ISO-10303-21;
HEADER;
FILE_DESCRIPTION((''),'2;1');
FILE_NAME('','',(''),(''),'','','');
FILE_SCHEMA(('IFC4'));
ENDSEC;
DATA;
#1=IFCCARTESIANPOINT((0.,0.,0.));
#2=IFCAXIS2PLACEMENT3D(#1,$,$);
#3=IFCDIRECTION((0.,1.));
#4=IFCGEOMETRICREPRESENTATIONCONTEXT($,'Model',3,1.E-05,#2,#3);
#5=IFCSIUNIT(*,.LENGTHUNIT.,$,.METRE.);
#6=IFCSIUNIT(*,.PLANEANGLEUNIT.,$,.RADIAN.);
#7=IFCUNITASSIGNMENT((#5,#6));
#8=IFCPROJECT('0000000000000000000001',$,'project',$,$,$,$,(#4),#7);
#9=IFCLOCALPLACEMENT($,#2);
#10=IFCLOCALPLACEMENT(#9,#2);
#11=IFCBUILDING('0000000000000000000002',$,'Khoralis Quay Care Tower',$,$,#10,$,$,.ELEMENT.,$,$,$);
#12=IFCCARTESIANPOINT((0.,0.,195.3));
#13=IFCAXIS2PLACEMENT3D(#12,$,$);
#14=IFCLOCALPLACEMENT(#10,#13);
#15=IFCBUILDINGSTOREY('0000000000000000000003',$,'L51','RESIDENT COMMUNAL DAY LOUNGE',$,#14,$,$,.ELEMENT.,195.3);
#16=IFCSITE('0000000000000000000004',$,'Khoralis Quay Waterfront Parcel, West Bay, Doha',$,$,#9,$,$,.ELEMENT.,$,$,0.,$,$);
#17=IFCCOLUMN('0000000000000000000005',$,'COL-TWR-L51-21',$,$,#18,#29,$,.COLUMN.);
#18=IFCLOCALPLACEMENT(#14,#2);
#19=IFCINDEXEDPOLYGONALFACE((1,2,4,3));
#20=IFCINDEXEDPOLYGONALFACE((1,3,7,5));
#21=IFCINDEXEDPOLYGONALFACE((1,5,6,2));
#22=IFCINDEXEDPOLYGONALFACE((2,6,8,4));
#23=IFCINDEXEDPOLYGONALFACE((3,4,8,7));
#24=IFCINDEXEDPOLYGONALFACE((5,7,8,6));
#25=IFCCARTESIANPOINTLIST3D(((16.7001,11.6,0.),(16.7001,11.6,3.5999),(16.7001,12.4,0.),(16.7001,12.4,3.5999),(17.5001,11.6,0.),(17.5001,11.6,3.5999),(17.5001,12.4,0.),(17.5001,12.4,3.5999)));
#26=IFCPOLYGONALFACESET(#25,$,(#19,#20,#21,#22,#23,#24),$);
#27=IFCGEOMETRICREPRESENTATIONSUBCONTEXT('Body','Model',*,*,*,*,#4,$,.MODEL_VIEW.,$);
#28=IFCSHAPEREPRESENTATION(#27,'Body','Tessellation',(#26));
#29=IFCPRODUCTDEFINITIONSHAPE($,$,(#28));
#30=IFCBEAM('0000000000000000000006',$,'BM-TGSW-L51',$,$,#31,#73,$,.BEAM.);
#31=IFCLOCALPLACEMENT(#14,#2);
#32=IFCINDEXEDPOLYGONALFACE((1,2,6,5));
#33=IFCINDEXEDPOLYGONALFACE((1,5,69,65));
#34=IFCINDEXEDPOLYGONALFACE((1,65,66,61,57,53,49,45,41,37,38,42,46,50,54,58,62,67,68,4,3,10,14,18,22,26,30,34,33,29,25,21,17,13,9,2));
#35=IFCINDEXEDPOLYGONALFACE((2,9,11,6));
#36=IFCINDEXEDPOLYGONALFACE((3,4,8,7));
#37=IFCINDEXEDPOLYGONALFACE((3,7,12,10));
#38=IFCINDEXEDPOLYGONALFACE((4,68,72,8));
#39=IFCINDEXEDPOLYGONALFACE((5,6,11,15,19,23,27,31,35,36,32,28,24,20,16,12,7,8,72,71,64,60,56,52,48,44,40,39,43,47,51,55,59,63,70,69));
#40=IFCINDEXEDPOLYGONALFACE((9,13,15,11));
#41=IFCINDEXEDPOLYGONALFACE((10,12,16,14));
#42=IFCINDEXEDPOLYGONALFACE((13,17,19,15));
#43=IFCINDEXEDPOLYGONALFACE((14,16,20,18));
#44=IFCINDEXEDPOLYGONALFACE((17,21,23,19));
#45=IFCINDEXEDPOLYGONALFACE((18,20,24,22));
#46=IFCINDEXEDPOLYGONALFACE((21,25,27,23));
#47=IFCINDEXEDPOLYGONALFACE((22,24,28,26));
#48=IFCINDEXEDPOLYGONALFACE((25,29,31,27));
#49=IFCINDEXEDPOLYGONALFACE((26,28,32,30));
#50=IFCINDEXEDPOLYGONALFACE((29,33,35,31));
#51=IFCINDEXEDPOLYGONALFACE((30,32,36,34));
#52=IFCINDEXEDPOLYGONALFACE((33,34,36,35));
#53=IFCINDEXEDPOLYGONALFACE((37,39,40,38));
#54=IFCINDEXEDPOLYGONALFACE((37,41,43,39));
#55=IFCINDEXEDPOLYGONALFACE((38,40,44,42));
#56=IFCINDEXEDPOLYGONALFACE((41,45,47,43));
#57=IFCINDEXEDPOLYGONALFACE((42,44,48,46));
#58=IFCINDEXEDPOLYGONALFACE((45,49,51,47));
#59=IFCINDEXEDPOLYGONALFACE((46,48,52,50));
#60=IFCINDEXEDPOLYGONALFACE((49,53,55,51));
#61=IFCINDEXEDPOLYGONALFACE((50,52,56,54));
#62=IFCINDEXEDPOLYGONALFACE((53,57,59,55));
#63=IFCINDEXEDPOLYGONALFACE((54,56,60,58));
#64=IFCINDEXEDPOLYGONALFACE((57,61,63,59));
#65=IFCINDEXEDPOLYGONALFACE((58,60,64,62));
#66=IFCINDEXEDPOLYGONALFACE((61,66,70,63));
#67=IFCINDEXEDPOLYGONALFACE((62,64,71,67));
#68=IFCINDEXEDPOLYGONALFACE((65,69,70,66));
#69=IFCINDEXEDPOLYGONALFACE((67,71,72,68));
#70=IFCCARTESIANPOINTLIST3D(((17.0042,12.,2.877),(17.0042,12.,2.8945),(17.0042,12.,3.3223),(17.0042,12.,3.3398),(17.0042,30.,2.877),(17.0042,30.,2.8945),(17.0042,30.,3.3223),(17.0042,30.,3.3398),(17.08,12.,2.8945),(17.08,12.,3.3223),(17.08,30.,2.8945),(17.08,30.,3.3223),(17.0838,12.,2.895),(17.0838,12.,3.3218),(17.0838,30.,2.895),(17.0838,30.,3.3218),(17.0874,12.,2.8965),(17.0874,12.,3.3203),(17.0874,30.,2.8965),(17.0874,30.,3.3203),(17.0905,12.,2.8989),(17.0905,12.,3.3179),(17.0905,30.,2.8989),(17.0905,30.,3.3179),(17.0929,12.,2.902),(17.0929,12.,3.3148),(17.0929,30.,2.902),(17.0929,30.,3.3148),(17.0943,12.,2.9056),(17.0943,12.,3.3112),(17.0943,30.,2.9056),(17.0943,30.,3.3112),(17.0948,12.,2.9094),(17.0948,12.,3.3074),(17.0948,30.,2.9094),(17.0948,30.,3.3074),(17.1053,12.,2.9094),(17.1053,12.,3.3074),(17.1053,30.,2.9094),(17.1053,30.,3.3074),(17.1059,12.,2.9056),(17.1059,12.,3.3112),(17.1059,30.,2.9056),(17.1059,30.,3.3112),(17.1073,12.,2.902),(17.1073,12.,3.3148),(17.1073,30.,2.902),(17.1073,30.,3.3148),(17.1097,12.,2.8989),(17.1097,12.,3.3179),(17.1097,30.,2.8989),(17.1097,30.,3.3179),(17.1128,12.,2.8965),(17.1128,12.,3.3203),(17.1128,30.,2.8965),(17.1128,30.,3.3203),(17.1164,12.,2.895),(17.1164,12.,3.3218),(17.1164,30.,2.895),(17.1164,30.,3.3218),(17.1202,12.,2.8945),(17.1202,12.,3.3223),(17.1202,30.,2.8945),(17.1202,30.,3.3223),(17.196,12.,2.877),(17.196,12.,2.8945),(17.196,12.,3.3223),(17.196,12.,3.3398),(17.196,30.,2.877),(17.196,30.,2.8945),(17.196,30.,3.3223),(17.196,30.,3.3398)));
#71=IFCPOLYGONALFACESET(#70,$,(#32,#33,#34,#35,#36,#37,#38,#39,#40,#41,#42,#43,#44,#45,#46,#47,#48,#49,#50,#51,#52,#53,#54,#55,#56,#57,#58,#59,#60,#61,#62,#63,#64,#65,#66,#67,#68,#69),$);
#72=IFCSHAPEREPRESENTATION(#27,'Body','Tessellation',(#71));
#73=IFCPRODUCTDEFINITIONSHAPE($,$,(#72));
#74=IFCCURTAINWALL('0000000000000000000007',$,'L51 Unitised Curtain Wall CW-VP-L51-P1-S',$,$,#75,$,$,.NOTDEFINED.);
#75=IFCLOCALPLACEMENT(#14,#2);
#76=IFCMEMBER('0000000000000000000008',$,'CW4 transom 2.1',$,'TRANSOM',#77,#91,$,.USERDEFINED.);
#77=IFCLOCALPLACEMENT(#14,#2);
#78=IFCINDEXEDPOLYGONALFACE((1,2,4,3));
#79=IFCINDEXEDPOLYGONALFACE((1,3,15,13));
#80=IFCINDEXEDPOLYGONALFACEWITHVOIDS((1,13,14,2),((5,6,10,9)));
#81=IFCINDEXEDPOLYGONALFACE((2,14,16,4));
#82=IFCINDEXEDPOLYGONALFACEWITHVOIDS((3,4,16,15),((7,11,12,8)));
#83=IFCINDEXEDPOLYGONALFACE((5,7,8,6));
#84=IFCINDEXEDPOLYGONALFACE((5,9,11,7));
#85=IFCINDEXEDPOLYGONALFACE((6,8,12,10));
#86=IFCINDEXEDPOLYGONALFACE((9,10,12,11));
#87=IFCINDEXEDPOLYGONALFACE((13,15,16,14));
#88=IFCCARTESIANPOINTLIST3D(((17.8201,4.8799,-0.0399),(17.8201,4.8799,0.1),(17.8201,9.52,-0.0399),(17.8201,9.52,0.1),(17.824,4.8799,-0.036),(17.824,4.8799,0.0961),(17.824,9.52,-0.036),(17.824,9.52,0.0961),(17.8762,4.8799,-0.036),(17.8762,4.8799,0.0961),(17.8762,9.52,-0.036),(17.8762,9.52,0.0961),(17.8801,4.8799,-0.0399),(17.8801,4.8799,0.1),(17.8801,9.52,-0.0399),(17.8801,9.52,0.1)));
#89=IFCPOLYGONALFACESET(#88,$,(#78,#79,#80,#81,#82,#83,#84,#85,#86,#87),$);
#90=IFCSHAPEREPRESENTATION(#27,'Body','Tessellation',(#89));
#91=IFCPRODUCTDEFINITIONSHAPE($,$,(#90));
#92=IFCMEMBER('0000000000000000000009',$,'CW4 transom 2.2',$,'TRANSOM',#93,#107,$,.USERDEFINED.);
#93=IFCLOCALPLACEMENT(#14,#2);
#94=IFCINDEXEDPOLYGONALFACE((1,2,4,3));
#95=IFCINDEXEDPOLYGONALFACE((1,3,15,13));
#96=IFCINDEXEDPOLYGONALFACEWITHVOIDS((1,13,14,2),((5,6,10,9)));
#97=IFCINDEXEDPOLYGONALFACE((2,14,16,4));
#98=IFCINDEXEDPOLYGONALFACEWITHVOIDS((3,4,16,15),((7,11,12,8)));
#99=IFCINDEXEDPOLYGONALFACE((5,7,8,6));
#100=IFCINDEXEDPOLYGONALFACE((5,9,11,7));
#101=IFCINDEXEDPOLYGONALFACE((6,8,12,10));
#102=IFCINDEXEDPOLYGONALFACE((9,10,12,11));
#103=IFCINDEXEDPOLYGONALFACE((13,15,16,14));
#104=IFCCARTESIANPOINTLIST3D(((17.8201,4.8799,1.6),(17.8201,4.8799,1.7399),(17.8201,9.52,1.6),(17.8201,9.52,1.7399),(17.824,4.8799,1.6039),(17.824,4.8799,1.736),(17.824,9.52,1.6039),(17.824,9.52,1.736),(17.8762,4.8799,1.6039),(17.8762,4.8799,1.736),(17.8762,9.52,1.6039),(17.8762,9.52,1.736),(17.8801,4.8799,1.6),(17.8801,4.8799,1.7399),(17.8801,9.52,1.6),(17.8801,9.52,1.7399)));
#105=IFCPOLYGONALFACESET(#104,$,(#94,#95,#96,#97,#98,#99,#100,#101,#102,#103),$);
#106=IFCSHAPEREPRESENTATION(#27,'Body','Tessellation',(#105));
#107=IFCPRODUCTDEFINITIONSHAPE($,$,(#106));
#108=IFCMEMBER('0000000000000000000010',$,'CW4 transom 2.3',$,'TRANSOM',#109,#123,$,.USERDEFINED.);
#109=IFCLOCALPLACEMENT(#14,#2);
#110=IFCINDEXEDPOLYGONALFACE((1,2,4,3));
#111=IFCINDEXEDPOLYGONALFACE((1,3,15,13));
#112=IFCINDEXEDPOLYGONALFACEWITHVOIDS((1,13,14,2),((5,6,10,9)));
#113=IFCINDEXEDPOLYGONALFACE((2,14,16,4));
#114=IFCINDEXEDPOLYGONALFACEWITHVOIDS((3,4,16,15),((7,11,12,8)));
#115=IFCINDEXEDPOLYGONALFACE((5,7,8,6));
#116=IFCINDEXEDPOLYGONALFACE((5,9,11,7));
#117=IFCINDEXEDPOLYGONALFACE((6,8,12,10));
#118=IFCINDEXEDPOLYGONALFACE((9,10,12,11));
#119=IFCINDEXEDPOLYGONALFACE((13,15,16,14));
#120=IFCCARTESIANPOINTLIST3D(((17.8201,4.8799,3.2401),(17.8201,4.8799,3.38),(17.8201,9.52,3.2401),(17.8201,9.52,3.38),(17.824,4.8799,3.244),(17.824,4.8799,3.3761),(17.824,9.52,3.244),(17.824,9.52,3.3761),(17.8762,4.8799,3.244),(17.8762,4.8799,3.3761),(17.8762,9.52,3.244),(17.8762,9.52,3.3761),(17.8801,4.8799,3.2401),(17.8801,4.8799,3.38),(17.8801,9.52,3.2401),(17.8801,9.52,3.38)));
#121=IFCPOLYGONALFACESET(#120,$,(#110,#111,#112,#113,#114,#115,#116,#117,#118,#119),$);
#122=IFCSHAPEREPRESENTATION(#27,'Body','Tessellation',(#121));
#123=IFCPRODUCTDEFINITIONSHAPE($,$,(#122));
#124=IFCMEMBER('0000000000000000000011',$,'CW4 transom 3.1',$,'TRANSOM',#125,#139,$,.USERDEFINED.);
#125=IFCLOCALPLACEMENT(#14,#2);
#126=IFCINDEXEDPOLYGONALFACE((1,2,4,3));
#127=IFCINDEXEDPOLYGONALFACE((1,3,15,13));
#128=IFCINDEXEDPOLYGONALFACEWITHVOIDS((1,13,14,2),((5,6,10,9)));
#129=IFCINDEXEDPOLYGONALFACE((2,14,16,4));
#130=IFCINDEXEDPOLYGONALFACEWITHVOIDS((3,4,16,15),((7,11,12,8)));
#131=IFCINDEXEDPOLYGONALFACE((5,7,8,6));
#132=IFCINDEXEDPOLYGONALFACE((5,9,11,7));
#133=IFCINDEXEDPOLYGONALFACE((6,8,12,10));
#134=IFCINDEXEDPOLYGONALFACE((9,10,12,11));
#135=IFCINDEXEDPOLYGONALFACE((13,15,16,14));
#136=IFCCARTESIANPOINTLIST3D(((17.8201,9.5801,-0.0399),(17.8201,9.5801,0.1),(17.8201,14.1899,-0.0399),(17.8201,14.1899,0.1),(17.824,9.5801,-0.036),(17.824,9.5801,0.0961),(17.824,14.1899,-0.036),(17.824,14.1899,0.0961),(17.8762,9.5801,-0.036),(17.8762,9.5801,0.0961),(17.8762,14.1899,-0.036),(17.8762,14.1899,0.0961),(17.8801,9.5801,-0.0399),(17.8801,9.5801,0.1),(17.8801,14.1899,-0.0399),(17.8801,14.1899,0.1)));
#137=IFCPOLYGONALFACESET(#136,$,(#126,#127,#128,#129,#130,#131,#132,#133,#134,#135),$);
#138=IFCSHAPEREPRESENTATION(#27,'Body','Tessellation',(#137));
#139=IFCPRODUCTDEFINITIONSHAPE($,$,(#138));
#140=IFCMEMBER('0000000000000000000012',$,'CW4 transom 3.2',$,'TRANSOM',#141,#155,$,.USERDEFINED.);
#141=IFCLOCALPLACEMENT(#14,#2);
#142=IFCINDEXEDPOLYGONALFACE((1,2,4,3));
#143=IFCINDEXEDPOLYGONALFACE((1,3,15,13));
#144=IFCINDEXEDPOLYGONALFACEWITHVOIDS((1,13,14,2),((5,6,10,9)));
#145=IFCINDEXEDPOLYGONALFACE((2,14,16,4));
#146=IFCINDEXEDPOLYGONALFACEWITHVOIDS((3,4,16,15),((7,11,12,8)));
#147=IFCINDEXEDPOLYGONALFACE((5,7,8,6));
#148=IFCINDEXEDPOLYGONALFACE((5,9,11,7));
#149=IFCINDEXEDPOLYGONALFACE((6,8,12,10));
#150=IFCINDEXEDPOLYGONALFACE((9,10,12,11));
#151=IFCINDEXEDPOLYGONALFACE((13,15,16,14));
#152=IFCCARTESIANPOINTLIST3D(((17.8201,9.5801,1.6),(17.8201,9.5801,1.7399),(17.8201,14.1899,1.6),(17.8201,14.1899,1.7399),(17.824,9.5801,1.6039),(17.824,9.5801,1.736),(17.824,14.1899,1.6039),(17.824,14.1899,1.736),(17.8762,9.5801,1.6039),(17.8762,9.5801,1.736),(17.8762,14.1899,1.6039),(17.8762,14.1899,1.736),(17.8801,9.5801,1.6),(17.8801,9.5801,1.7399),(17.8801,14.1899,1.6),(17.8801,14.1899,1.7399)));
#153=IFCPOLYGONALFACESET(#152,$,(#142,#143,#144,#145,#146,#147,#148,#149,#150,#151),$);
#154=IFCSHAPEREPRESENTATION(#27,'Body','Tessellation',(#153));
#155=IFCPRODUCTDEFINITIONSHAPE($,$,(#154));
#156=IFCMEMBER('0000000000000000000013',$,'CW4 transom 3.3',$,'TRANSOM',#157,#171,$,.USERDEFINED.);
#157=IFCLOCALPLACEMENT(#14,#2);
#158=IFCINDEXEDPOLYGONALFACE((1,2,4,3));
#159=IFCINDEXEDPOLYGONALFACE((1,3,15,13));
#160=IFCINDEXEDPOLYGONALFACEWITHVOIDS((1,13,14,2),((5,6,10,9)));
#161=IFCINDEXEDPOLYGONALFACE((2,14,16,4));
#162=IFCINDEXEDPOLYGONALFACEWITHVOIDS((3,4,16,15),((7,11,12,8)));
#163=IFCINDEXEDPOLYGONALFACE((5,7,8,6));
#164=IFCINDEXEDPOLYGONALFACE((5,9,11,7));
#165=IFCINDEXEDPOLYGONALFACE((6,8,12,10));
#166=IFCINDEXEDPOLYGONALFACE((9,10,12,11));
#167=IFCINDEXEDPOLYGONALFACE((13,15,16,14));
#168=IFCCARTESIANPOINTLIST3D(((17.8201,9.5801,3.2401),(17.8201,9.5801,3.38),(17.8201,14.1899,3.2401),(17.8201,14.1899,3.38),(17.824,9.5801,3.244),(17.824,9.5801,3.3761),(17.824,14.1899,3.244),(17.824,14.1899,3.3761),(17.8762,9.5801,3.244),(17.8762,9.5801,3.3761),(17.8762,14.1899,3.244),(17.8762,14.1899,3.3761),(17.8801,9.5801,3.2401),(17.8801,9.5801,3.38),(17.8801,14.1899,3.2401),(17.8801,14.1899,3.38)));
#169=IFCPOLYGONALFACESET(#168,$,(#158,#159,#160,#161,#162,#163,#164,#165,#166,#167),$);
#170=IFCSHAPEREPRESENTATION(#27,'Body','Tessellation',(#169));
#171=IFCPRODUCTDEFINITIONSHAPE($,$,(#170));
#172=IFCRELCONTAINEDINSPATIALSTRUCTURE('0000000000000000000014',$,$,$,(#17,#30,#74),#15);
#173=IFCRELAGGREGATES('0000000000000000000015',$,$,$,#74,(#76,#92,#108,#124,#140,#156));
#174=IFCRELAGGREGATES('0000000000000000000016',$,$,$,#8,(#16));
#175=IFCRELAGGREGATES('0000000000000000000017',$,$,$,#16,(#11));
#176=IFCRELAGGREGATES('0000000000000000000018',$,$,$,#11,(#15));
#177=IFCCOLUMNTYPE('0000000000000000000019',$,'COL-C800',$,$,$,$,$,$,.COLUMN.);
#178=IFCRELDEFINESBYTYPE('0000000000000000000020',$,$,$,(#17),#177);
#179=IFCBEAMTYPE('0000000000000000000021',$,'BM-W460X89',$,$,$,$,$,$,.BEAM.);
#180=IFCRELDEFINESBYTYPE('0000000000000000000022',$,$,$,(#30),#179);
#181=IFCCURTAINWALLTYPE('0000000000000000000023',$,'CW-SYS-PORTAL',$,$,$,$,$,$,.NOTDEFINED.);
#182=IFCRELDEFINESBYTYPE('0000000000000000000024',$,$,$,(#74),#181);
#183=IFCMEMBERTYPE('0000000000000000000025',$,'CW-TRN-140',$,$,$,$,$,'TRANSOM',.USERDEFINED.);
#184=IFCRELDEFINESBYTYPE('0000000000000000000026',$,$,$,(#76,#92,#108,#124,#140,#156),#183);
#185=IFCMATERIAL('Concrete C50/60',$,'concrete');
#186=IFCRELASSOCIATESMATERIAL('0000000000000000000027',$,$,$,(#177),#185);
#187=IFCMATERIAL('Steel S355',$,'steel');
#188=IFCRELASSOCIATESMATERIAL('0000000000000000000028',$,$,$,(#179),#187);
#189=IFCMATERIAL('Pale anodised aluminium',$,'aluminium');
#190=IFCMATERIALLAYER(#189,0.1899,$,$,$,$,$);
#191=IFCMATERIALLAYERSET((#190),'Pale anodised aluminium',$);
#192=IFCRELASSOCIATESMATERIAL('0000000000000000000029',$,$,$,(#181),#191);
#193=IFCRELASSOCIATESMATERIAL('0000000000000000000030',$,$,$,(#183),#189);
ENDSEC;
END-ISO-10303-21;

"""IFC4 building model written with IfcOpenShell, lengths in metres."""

from ifc_helpers import new_model, si_unit, direction, frame, origin, origin_2d, place, context, subcontext, project, spatial, rectangle, hollow_rectangle, i_section, extrude, source, transform, mapped, material, layer, layer_set, material_profile, profile_set, type_object, element, aggregate, save


model = new_model("IFC4")

# Units and contexts
model_context = context("Model", 3, precision=1e-05, world=origin(), true_north=direction((0.0, 1.0)))
body_context = subcontext(model_context, "Body", "Model", "MODEL_VIEW")
ifc_project = project(units=[si_unit("LENGTHUNIT", "METRE"), si_unit("PLANEANGLEUNIT", "RADIAN")], contexts=[model_context])

# Site, building, storey
site_placement = place(None, origin())
site = spatial("IfcSite", under=ifc_project, at=site_placement, Name="Khoralis Quay Waterfront Parcel, West Bay, Doha", CompositionType="ELEMENT", RefElevation=0.0)
building_placement = place(site_placement, origin())
building = spatial("IfcBuilding", under=site, at=building_placement, Name="Khoralis Quay Care Tower", CompositionType="ELEMENT")
storey_placement = place(building_placement, frame((0.0, 0.0, 195.3)))
storey = spatial("IfcBuildingStorey", under=building, at=storey_placement, Name="L51", Description="RESIDENT COMMUNAL DAY LOUNGE", CompositionType="ELEMENT", Elevation=195.3)

# Column
ifc_material_1 = material(Name="Concrete C50/60", Category="concrete")
ifc_material_profile_1 = material_profile(ifc_material_1, rectangle(XDim=0.8, YDim=0.8, at=origin_2d()), Name="Concrete C50/60")
ifc_profile_set_1 = profile_set([ifc_material_profile_1], Name="Concrete C50/60")
column_type = type_object("IfcColumnType", Name="COL-C800", PredefinedType="COLUMN", material=ifc_profile_set_1)
shared_shape_1 = source(origin(), body_context, "Body", "SweptSolid", [
    extrude(rectangle(XDim=0.8, YDim=0.8, at=origin_2d()), origin(), (0.0, 0.0, 1.0), 3.5999),
])
column_placement = place(storey_placement, frame((17.1001, 12.0, 0.0), z_axis=(0.0, 0.0, 1.0), x_axis=(1.0, 0.0, 0.0)))
element("IfcColumn", 1, at=column_placement, inside=storey, type_object=column_type, Name="COL-TWR-L51-21", PredefinedType="COLUMN", context=body_context, shape_type="MappedRepresentation", body=[
    mapped(shared_shape_1, transform((0.0, 0.0, 0.0), scale=1.0)),
])

# Beam
ifc_material_2 = material(Name="Steel S355", Category="steel")
ifc_material_profile_2 = material_profile(ifc_material_2, i_section(OverallWidth=0.1919, OverallDepth=0.4629, WebThickness=0.0105, FlangeThickness=0.0176, FilletRadius=0.0149, at=origin_2d()), Name="Steel S355")
ifc_profile_set_2 = profile_set([ifc_material_profile_2], Name="Steel S355")
beam_type = type_object("IfcBeamType", Name="BM-W460X89", PredefinedType="BEAM", material=ifc_profile_set_2)
shared_shape_2 = source(origin(), body_context, "Body", "SweptSolid", [
    extrude(i_section(OverallWidth=0.1919, OverallDepth=0.4629, WebThickness=0.0105, FlangeThickness=0.0176, FilletRadius=0.0149, at=origin_2d()), origin(), (0.0, 0.0, 1.0), 18.0),
])
beam_placement = place(storey_placement, frame((17.1001, 12.0, 3.1084), z_axis=(0.0, 1.0, 0.0), x_axis=(-1.0, 0.0, 0.0)))
element("IfcBeam", 2, at=beam_placement, inside=storey, type_object=beam_type, Name="BM-TGSW-L51", PredefinedType="BEAM", context=body_context, shape_type="MappedRepresentation", body=[
    mapped(shared_shape_2, transform((0.0, 0.0, 0.0), scale=1.0)),
])

# Curtain wall, members
ifc_material_3 = material(Name="Pale anodised aluminium", Category="aluminium")
ifc_layer_1 = layer(ifc_material_3, 0.1899)
ifc_layer_set_1 = layer_set([ifc_layer_1], Name="Pale anodised aluminium")
curtain_wall_type = type_object("IfcCurtainWallType", Name="CW-SYS-PORTAL", PredefinedType="NOTDEFINED", material=ifc_layer_set_1)
curtain_wall_placement = place(storey_placement, origin())
curtain_wall = element("IfcCurtainWall", 3, at=curtain_wall_placement, inside=storey, type_object=curtain_wall_type, Name="L51 Unitised Curtain Wall CW-VP-L51-P1-S", PredefinedType="NOTDEFINED")
ifc_material_profile_3 = material_profile(ifc_material_3, hollow_rectangle(XDim=0.0601, YDim=0.1399, WallThickness=0.0039, at=origin_2d()), Name="Pale anodised aluminium")
ifc_profile_set_3 = profile_set([ifc_material_profile_3], Name="Pale anodised aluminium")
member_type_1 = type_object("IfcMemberType", Name="CW-TRN-140", ElementType="TRANSOM", PredefinedType="USERDEFINED", material=ifc_profile_set_3)
shared_shape_3 = source(origin(), body_context, "Body", "SweptSolid", [
    extrude(hollow_rectangle(XDim=0.0601, YDim=0.1399, WallThickness=0.0039, at=origin_2d()), origin(), (0.0, 0.0, 1.0), 4.6401),
])
member_1_placement = place(storey_placement, frame((17.8501, 4.8799, 0.03), z_axis=(0.0, 1.0, 0.0), x_axis=(-1.0, 0.0, 0.0)))
member_1 = element("IfcMember", 4, at=member_1_placement, type_object=member_type_1, Name="CW4 transom 2.1", ObjectType="TRANSOM", PredefinedType="USERDEFINED", context=body_context, shape_type="MappedRepresentation", body=[
    mapped(shared_shape_3, transform((0.0, 0.0, 0.0), scale=1.0)),
])
member_2_placement = place(storey_placement, frame((17.8501, 4.8799, 1.6699), z_axis=(0.0, 1.0, 0.0), x_axis=(-1.0, 0.0, 0.0)))
member_2 = element("IfcMember", 5, at=member_2_placement, type_object=member_type_1, Name="CW4 transom 2.2", ObjectType="TRANSOM", PredefinedType="USERDEFINED", context=body_context, shape_type="MappedRepresentation", body=[
    mapped(shared_shape_3, transform((0.0, 0.0, 0.0), scale=1.0)),
])
member_3_placement = place(storey_placement, frame((17.8501, 4.8799, 3.3101), z_axis=(0.0, 1.0, 0.0), x_axis=(-1.0, 0.0, 0.0)))
member_3 = element("IfcMember", 6, at=member_3_placement, type_object=member_type_1, Name="CW4 transom 2.3", ObjectType="TRANSOM", PredefinedType="USERDEFINED", context=body_context, shape_type="MappedRepresentation", body=[
    mapped(shared_shape_3, transform((0.0, 0.0, 0.0), scale=1.0)),
])
shared_shape_4 = source(origin(), body_context, "Body", "SweptSolid", [
    extrude(hollow_rectangle(XDim=0.0601, YDim=0.1399, WallThickness=0.0039, at=origin_2d()), origin(), (0.0, 0.0, 1.0), 4.6099),
])
member_4_placement = place(storey_placement, frame((17.8501, 9.5801, 0.03), z_axis=(0.0, 1.0, 0.0), x_axis=(-1.0, 0.0, 0.0)))
member_4 = element("IfcMember", 7, at=member_4_placement, type_object=member_type_1, Name="CW4 transom 3.1", ObjectType="TRANSOM", PredefinedType="USERDEFINED", context=body_context, shape_type="MappedRepresentation", body=[
    mapped(shared_shape_4, transform((0.0, 0.0, 0.0), scale=1.0)),
])
member_5_placement = place(storey_placement, frame((17.8501, 9.5801, 1.6699), z_axis=(0.0, 1.0, 0.0), x_axis=(-1.0, 0.0, 0.0)))
member_5 = element("IfcMember", 8, at=member_5_placement, type_object=member_type_1, Name="CW4 transom 3.2", ObjectType="TRANSOM", PredefinedType="USERDEFINED", context=body_context, shape_type="MappedRepresentation", body=[
    mapped(shared_shape_4, transform((0.0, 0.0, 0.0), scale=1.0)),
])
member_6_placement = place(storey_placement, frame((17.8501, 9.5801, 3.3101), z_axis=(0.0, 1.0, 0.0), x_axis=(-1.0, 0.0, 0.0)))
member_6 = element("IfcMember", 9, at=member_6_placement, type_object=member_type_1, Name="CW4 transom 3.3", ObjectType="TRANSOM", PredefinedType="USERDEFINED", context=body_context, shape_type="MappedRepresentation", body=[
    mapped(shared_shape_4, transform((0.0, 0.0, 0.0), scale=1.0)),
])
aggregate(curtain_wall, [member_1, member_2, member_3, member_4, member_5, member_6])

save(model, "model.ifc")
